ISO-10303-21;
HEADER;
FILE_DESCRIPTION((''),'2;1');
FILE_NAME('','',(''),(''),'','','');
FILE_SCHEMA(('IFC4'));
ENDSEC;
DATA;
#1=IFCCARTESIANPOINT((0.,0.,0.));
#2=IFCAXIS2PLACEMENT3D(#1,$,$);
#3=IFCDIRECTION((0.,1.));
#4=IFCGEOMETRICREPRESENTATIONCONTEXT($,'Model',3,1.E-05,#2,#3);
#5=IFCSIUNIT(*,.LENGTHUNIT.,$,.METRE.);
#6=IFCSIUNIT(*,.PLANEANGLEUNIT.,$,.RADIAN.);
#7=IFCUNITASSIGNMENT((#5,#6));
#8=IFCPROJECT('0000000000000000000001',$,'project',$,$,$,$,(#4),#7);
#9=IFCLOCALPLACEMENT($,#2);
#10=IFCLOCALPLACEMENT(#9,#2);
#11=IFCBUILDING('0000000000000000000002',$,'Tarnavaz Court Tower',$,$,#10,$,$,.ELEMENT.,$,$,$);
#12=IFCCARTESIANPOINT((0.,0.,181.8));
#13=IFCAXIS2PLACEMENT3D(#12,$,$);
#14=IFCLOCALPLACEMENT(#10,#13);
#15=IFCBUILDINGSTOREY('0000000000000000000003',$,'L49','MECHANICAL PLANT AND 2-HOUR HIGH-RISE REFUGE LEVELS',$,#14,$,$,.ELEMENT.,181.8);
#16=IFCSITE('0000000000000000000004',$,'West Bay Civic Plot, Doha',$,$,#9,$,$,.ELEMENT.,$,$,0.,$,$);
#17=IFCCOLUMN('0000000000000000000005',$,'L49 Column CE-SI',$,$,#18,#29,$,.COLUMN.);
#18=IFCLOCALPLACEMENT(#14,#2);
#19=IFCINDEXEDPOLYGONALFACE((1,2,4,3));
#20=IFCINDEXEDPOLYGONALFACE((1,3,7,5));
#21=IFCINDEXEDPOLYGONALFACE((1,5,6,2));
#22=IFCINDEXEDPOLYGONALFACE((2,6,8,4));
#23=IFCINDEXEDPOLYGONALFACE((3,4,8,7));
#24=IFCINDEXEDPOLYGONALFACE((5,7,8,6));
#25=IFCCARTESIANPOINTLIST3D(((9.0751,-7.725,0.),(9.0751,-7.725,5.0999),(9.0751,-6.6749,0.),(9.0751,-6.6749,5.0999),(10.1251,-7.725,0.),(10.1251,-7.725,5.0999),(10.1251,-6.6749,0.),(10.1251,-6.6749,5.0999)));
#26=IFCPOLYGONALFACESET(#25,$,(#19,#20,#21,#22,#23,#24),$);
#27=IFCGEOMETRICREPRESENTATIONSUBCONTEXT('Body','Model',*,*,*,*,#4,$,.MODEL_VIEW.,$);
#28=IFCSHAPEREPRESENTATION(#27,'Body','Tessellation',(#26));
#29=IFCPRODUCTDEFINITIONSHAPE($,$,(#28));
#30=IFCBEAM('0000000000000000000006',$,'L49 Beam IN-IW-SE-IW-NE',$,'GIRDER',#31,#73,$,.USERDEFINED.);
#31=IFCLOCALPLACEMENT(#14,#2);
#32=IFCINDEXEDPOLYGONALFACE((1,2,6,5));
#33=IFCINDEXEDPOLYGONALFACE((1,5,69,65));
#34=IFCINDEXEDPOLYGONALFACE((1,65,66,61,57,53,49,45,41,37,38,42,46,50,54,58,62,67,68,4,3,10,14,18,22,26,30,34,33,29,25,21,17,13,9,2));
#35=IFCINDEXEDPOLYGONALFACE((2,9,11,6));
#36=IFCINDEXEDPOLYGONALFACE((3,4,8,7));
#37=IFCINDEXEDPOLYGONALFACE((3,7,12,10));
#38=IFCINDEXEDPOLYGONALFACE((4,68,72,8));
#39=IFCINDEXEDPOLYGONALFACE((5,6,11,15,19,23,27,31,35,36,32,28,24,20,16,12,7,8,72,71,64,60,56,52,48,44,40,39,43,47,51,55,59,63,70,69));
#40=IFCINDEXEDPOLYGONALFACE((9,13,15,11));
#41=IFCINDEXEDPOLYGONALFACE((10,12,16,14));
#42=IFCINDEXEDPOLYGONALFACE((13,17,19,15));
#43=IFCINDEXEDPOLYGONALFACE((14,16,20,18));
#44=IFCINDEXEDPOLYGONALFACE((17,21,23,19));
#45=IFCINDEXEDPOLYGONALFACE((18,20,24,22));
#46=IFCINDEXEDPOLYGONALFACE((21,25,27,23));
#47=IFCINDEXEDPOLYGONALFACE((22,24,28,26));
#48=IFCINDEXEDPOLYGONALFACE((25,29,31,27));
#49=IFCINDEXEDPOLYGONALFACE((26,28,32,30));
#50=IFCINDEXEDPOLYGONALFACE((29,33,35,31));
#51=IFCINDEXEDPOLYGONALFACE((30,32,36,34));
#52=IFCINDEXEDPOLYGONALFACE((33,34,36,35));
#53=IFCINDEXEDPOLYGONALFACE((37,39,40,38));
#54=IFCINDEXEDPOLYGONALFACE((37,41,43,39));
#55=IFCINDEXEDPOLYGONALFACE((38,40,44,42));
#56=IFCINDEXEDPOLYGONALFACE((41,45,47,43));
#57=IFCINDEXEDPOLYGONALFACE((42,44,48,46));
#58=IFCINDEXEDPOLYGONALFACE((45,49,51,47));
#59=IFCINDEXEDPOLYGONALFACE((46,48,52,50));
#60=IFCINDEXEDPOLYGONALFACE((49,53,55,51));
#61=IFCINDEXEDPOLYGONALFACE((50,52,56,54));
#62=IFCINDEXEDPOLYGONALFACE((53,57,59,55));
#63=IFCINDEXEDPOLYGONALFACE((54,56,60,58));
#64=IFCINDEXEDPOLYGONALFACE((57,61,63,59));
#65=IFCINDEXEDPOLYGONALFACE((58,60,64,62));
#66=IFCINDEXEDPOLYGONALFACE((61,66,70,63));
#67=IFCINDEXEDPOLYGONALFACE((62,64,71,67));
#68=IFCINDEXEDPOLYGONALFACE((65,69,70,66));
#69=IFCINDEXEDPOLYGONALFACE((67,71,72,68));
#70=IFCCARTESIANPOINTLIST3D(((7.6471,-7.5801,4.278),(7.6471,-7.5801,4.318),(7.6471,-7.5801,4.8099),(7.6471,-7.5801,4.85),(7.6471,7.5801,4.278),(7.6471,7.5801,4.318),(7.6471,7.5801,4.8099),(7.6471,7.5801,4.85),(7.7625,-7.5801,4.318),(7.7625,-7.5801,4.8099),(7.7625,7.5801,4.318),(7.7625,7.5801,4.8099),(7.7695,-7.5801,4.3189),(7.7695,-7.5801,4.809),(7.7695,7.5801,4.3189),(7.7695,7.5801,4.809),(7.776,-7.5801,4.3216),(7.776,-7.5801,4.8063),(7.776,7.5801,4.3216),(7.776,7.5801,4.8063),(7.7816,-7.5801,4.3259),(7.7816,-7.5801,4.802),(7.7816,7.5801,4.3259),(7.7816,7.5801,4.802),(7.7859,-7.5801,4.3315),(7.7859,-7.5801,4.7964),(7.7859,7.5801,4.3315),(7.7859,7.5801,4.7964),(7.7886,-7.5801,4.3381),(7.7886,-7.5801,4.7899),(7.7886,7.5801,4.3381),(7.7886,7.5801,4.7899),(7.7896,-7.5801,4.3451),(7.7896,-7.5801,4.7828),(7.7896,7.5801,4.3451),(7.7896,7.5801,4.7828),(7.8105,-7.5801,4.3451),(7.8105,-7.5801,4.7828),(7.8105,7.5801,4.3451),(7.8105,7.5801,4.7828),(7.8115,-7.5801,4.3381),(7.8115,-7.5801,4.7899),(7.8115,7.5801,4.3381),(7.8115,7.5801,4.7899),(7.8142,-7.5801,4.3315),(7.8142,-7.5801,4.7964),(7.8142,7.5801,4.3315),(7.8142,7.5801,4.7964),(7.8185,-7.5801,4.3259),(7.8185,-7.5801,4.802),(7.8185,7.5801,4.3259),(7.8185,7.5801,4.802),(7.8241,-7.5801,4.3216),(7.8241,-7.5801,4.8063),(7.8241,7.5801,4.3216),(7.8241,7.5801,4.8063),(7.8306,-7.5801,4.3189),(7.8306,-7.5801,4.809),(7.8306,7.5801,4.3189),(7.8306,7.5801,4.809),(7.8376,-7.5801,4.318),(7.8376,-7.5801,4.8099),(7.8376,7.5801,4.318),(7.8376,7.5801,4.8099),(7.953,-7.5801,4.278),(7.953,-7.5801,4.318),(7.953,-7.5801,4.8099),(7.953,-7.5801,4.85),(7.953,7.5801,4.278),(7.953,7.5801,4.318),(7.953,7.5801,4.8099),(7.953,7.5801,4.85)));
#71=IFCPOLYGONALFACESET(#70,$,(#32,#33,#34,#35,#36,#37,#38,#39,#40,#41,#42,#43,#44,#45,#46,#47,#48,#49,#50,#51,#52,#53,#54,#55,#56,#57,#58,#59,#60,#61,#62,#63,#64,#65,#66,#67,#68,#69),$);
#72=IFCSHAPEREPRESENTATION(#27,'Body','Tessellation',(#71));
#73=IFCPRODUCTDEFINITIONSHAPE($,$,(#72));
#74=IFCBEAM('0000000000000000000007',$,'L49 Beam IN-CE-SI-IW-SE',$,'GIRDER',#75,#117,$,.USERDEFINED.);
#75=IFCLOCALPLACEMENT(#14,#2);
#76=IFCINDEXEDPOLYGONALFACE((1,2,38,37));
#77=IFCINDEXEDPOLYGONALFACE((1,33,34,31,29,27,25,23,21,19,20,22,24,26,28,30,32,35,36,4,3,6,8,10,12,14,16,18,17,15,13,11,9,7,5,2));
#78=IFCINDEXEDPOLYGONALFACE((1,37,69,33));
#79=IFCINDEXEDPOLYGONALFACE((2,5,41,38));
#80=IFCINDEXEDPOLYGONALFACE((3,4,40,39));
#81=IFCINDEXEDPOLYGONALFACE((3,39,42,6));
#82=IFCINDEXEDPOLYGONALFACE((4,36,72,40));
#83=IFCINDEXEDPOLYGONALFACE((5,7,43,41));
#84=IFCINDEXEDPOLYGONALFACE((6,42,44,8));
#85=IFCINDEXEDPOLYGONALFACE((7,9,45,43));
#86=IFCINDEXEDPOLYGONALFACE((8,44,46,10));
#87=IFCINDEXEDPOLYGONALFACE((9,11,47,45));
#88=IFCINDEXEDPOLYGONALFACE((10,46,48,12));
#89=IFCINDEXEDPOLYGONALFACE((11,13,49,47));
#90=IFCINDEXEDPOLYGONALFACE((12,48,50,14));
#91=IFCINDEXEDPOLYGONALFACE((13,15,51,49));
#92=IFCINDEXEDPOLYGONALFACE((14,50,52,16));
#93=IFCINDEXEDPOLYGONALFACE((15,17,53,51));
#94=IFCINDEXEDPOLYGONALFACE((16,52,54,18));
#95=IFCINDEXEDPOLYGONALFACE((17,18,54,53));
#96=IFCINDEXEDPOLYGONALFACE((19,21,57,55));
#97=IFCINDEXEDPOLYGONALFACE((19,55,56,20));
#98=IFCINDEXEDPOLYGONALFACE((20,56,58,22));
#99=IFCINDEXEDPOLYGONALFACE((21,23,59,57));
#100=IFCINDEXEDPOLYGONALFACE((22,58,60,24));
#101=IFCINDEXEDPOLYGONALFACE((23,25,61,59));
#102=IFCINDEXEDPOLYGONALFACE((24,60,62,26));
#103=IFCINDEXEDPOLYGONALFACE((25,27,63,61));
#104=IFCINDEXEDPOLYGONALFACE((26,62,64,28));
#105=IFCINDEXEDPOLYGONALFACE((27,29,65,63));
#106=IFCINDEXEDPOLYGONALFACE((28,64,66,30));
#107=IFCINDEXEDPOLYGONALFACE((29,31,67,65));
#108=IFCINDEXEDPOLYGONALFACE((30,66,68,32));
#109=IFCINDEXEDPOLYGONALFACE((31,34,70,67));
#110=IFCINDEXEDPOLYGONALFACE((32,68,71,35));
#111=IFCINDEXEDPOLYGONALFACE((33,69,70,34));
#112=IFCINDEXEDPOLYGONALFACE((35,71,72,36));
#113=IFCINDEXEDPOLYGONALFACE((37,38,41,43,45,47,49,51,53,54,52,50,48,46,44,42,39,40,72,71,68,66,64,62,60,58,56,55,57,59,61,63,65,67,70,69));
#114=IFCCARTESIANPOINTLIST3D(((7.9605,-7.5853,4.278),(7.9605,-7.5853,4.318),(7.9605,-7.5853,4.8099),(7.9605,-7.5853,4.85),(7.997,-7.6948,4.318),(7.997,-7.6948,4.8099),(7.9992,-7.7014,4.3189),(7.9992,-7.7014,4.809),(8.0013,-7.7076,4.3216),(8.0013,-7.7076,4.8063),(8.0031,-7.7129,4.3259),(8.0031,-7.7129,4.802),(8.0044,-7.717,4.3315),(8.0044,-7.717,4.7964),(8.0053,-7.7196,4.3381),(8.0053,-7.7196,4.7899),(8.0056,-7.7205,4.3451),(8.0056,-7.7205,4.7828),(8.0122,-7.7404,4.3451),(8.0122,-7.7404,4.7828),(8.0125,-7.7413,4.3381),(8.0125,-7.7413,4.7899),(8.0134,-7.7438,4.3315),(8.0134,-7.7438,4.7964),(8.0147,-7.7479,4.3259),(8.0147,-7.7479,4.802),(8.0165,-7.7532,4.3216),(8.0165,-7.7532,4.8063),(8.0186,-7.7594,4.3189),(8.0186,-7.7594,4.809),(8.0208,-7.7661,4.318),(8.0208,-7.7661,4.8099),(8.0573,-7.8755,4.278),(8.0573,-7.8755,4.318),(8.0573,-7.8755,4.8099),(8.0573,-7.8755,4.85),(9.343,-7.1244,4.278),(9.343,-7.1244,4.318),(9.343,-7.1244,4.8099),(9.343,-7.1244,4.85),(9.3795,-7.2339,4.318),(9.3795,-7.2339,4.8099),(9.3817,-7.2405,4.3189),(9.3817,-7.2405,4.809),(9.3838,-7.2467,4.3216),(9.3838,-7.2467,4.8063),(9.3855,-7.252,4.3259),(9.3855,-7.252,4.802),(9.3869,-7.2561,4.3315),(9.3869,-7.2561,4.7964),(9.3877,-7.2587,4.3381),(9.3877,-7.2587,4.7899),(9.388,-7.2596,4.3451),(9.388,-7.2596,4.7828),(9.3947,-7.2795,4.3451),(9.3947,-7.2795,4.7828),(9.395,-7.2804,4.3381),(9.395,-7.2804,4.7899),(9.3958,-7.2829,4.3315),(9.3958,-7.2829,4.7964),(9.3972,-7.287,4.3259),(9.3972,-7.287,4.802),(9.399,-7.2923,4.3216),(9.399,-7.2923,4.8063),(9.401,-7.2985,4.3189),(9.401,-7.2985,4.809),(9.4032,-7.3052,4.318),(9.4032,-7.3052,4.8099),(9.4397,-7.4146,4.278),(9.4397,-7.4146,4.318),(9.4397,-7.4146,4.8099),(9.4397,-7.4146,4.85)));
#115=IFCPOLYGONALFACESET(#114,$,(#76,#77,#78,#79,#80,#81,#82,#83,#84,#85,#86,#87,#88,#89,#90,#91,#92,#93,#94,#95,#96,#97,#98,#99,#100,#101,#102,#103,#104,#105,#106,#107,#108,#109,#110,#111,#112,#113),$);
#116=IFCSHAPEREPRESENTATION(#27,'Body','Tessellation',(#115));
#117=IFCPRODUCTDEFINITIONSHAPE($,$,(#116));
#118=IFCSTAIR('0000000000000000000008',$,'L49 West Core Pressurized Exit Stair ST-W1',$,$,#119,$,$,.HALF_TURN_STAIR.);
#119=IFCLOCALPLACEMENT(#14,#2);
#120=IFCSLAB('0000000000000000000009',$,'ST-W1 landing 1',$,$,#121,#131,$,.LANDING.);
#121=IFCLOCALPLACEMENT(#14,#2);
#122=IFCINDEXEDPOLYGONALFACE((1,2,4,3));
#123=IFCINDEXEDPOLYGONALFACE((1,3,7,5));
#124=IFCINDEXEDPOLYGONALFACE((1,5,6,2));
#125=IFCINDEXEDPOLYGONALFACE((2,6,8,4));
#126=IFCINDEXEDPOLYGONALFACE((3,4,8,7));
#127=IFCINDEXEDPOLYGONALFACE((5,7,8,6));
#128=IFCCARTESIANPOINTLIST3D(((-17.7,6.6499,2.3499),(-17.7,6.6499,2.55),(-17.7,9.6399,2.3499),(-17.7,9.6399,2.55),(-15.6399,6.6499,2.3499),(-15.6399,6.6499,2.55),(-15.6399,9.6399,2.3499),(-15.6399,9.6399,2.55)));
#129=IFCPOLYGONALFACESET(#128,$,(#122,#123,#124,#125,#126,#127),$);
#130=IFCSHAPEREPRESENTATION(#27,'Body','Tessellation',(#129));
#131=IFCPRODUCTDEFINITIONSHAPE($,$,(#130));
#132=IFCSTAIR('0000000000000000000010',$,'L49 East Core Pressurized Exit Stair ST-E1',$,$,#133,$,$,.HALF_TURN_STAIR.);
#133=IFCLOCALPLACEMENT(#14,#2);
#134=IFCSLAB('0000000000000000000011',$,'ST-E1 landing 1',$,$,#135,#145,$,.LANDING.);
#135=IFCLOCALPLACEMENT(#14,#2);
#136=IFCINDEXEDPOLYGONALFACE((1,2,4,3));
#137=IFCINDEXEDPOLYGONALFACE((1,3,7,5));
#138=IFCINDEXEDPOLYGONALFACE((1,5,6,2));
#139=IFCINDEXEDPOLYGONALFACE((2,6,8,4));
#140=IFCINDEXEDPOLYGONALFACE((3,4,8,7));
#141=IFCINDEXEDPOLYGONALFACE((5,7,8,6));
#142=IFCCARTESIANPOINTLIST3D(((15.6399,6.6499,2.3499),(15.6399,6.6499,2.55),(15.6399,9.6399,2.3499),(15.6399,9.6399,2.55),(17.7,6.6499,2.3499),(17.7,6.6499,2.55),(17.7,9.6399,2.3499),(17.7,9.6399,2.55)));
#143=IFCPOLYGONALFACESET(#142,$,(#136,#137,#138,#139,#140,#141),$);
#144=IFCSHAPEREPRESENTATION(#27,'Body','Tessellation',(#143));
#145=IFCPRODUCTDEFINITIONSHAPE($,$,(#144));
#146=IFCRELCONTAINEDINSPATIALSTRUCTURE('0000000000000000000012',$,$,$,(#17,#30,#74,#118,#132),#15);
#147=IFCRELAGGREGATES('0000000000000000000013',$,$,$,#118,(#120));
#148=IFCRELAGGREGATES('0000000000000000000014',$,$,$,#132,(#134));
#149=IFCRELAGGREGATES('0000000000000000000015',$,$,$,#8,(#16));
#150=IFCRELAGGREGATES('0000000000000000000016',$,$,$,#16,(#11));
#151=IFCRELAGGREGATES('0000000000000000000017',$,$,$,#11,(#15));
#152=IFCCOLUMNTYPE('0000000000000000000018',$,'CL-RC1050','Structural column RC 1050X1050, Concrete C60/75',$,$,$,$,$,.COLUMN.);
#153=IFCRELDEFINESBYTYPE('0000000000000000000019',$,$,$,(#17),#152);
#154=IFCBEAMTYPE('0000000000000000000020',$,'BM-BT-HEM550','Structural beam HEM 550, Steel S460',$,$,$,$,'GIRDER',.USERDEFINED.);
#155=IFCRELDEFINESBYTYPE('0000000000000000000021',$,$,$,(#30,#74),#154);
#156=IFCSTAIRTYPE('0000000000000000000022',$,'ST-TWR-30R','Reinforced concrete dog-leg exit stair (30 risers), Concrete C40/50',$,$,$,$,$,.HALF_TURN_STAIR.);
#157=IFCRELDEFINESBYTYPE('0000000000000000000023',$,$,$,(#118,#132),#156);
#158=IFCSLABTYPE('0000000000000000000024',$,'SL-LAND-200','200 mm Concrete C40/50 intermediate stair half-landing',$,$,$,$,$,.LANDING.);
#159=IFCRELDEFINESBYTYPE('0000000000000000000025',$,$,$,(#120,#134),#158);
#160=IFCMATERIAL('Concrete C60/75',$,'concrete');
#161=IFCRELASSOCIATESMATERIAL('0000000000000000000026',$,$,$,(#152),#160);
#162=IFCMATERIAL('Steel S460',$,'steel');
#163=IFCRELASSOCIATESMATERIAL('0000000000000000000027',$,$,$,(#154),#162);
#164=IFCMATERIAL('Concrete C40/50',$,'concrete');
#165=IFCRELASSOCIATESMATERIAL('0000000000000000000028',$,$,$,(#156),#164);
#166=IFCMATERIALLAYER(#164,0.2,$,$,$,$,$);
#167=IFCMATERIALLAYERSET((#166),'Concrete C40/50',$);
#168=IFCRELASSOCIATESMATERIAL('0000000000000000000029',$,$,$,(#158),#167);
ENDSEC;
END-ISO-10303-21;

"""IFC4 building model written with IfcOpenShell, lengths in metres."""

from ifc_helpers import new_model, si_unit, direction, frame, origin, origin_2d, place, context, subcontext, project, spatial, polyline, rectangle, i_section, outline, extrude, material, layer, layer_set, material_profile, profile_set, type_object, element, aggregate, save


model = new_model("IFC4")

# Units and contexts
model_context = context("Model", 3, precision=1e-05, world=origin(), true_north=direction((0.0, 1.0)))
body_context = subcontext(model_context, "Body", "Model", "MODEL_VIEW")
ifc_project = project(units=[si_unit("LENGTHUNIT", "METRE"), si_unit("PLANEANGLEUNIT", "RADIAN")], contexts=[model_context])

# Site, building, storey
site_placement = place(None, origin())
site = spatial("IfcSite", under=ifc_project, at=site_placement, Name="West Bay Civic Plot, Doha", CompositionType="ELEMENT", RefElevation=0.0)
building_placement = place(site_placement, origin())
building = spatial("IfcBuilding", under=site, at=building_placement, Name="Tarnavaz Court Tower", CompositionType="ELEMENT")
storey_placement = place(building_placement, frame((0.0, 0.0, 181.8)))
storey = spatial("IfcBuildingStorey", under=building, at=storey_placement, Name="L49", Description="MECHANICAL PLANT AND 2-HOUR HIGH-RISE REFUGE LEVELS", CompositionType="ELEMENT", Elevation=181.8)

# Column
ifc_material_1 = material(Name="Concrete C60/75", Category="concrete")
ifc_material_profile_1 = material_profile(ifc_material_1, rectangle(XDim=1.05, YDim=1.05, at=origin_2d()), Name="RC 1050X1050")
ifc_profile_set_1 = profile_set([ifc_material_profile_1], Name="Concrete C60/75")
column_type = type_object("IfcColumnType", Name="CL-RC1050", Description="Structural column RC 1050X1050, Concrete C60/75", PredefinedType="COLUMN", material=ifc_profile_set_1)
column_placement = place(storey_placement, frame((9.6001, -7.2, 0.0), z_axis=(0.0, 0.0, 1.0), x_axis=(1.0, 0.0, 0.0)))
element("IfcColumn", 1, at=column_placement, inside=storey, type_object=column_type, Name="L49 Column CE-SI", PredefinedType="COLUMN", context=body_context, shape_type="SweptSolid", body=[
    extrude(rectangle(XDim=1.05, YDim=1.05, at=origin_2d()), origin(), (0.0, 0.0, 1.0), 5.0999),
])

# Beams
ifc_material_2 = material(Name="Steel S460", Category="steel")
ifc_material_profile_2 = material_profile(ifc_material_2, i_section(OverallWidth=0.3059, OverallDepth=0.572, WebThickness=0.021, FlangeThickness=0.04, FilletRadius=0.0271, at=origin_2d()), Name="HEM 550")
ifc_profile_set_2 = profile_set([ifc_material_profile_2], Name="Steel S460")
beam_type = type_object("IfcBeamType", Name="BM-BT-HEM550", Description="Structural beam HEM 550, Steel S460", ElementType="GIRDER", PredefinedType="USERDEFINED", material=ifc_profile_set_2)
beam_1_placement = place(storey_placement, frame((7.8, -7.5801, 4.564), z_axis=(0.0, 1.0, 0.0), x_axis=(-1.0, 0.0, 0.0)))
element("IfcBeam", 2, at=beam_1_placement, inside=storey, type_object=beam_type, Name="L49 Beam IN-IW-SE-IW-NE", ObjectType="GIRDER", PredefinedType="USERDEFINED", context=body_context, shape_type="SweptSolid", body=[
    extrude(i_section(OverallWidth=0.3059, OverallDepth=0.572, WebThickness=0.021, FlangeThickness=0.04, FilletRadius=0.0271, at=origin_2d()), origin(), (0.0, 0.0, 1.0), 15.1602),
])
beam_2_placement = place(storey_placement, frame((9.3914, -7.2695, 4.564), z_axis=(-0.948667, -0.316278, 0.0), x_axis=(0.316278, -0.948667, 0.0)))
element("IfcBeam", 3, at=beam_2_placement, inside=storey, type_object=beam_type, Name="L49 Beam IN-CE-SI-IW-SE", ObjectType="GIRDER", PredefinedType="USERDEFINED", context=body_context, shape_type="SweptSolid", body=[
    extrude(i_section(OverallWidth=0.3059, OverallDepth=0.572, WebThickness=0.021, FlangeThickness=0.04, FilletRadius=0.0271, at=origin_2d()), origin(), (0.0, 0.0, 1.0), 1.4573),
])

# Stairs, slabs
ifc_material_3 = material(Name="Concrete C40/50", Category="concrete")
stair_type = type_object("IfcStairType", Name="ST-TWR-30R", Description="Reinforced concrete dog-leg exit stair (30 risers), Concrete C40/50", PredefinedType="HALF_TURN_STAIR", material=ifc_material_3)
stair_1_placement = place(storey_placement, origin())
stair_1 = element("IfcStair", 4, at=stair_1_placement, inside=storey, type_object=stair_type, Name="L49 West Core Pressurized Exit Stair ST-W1", PredefinedType="HALF_TURN_STAIR")
ifc_layer_1 = layer(ifc_material_3, 0.2)
ifc_layer_set_1 = layer_set([ifc_layer_1], Name="Concrete C40/50")
slab_type_1 = type_object("IfcSlabType", Name="SL-LAND-200", Description="200 mm Concrete C40/50 intermediate stair half-landing", PredefinedType="LANDING", material=ifc_layer_set_1)
slab_1_placement = place(storey_placement, frame((0.0, 0.0, 2.3499)))
slab_1 = element("IfcSlab", 5, at=slab_1_placement, type_object=slab_type_1, Name="ST-W1 landing 1", PredefinedType="LANDING", context=body_context, shape_type="SweptSolid", body=[
    extrude(outline(polyline([(-15.6399, 9.6399), (-17.7, 9.6399), (-17.7, 6.6499), (-15.6399, 6.6499), (-15.6399, 9.6399)])), origin(), (0.0, 0.0, 1.0), 0.2002),
])
aggregate(stair_1, [slab_1])
stair_2_placement = place(storey_placement, origin())
stair_2 = element("IfcStair", 6, at=stair_2_placement, inside=storey, type_object=stair_type, Name="L49 East Core Pressurized Exit Stair ST-E1", PredefinedType="HALF_TURN_STAIR")
slab_2_placement = place(storey_placement, frame((0.0, 0.0, 2.3499)))
slab_2 = element("IfcSlab", 7, at=slab_2_placement, type_object=slab_type_1, Name="ST-E1 landing 1", PredefinedType="LANDING", context=body_context, shape_type="SweptSolid", body=[
    extrude(outline(polyline([(15.6399, 6.6499), (17.7, 6.6499), (17.7, 9.6399), (15.6399, 9.6399), (15.6399, 6.6499)])), origin(), (0.0, 0.0, 1.0), 0.2002),
])
aggregate(stair_2, [slab_2])

save(model, "model.ifc")
